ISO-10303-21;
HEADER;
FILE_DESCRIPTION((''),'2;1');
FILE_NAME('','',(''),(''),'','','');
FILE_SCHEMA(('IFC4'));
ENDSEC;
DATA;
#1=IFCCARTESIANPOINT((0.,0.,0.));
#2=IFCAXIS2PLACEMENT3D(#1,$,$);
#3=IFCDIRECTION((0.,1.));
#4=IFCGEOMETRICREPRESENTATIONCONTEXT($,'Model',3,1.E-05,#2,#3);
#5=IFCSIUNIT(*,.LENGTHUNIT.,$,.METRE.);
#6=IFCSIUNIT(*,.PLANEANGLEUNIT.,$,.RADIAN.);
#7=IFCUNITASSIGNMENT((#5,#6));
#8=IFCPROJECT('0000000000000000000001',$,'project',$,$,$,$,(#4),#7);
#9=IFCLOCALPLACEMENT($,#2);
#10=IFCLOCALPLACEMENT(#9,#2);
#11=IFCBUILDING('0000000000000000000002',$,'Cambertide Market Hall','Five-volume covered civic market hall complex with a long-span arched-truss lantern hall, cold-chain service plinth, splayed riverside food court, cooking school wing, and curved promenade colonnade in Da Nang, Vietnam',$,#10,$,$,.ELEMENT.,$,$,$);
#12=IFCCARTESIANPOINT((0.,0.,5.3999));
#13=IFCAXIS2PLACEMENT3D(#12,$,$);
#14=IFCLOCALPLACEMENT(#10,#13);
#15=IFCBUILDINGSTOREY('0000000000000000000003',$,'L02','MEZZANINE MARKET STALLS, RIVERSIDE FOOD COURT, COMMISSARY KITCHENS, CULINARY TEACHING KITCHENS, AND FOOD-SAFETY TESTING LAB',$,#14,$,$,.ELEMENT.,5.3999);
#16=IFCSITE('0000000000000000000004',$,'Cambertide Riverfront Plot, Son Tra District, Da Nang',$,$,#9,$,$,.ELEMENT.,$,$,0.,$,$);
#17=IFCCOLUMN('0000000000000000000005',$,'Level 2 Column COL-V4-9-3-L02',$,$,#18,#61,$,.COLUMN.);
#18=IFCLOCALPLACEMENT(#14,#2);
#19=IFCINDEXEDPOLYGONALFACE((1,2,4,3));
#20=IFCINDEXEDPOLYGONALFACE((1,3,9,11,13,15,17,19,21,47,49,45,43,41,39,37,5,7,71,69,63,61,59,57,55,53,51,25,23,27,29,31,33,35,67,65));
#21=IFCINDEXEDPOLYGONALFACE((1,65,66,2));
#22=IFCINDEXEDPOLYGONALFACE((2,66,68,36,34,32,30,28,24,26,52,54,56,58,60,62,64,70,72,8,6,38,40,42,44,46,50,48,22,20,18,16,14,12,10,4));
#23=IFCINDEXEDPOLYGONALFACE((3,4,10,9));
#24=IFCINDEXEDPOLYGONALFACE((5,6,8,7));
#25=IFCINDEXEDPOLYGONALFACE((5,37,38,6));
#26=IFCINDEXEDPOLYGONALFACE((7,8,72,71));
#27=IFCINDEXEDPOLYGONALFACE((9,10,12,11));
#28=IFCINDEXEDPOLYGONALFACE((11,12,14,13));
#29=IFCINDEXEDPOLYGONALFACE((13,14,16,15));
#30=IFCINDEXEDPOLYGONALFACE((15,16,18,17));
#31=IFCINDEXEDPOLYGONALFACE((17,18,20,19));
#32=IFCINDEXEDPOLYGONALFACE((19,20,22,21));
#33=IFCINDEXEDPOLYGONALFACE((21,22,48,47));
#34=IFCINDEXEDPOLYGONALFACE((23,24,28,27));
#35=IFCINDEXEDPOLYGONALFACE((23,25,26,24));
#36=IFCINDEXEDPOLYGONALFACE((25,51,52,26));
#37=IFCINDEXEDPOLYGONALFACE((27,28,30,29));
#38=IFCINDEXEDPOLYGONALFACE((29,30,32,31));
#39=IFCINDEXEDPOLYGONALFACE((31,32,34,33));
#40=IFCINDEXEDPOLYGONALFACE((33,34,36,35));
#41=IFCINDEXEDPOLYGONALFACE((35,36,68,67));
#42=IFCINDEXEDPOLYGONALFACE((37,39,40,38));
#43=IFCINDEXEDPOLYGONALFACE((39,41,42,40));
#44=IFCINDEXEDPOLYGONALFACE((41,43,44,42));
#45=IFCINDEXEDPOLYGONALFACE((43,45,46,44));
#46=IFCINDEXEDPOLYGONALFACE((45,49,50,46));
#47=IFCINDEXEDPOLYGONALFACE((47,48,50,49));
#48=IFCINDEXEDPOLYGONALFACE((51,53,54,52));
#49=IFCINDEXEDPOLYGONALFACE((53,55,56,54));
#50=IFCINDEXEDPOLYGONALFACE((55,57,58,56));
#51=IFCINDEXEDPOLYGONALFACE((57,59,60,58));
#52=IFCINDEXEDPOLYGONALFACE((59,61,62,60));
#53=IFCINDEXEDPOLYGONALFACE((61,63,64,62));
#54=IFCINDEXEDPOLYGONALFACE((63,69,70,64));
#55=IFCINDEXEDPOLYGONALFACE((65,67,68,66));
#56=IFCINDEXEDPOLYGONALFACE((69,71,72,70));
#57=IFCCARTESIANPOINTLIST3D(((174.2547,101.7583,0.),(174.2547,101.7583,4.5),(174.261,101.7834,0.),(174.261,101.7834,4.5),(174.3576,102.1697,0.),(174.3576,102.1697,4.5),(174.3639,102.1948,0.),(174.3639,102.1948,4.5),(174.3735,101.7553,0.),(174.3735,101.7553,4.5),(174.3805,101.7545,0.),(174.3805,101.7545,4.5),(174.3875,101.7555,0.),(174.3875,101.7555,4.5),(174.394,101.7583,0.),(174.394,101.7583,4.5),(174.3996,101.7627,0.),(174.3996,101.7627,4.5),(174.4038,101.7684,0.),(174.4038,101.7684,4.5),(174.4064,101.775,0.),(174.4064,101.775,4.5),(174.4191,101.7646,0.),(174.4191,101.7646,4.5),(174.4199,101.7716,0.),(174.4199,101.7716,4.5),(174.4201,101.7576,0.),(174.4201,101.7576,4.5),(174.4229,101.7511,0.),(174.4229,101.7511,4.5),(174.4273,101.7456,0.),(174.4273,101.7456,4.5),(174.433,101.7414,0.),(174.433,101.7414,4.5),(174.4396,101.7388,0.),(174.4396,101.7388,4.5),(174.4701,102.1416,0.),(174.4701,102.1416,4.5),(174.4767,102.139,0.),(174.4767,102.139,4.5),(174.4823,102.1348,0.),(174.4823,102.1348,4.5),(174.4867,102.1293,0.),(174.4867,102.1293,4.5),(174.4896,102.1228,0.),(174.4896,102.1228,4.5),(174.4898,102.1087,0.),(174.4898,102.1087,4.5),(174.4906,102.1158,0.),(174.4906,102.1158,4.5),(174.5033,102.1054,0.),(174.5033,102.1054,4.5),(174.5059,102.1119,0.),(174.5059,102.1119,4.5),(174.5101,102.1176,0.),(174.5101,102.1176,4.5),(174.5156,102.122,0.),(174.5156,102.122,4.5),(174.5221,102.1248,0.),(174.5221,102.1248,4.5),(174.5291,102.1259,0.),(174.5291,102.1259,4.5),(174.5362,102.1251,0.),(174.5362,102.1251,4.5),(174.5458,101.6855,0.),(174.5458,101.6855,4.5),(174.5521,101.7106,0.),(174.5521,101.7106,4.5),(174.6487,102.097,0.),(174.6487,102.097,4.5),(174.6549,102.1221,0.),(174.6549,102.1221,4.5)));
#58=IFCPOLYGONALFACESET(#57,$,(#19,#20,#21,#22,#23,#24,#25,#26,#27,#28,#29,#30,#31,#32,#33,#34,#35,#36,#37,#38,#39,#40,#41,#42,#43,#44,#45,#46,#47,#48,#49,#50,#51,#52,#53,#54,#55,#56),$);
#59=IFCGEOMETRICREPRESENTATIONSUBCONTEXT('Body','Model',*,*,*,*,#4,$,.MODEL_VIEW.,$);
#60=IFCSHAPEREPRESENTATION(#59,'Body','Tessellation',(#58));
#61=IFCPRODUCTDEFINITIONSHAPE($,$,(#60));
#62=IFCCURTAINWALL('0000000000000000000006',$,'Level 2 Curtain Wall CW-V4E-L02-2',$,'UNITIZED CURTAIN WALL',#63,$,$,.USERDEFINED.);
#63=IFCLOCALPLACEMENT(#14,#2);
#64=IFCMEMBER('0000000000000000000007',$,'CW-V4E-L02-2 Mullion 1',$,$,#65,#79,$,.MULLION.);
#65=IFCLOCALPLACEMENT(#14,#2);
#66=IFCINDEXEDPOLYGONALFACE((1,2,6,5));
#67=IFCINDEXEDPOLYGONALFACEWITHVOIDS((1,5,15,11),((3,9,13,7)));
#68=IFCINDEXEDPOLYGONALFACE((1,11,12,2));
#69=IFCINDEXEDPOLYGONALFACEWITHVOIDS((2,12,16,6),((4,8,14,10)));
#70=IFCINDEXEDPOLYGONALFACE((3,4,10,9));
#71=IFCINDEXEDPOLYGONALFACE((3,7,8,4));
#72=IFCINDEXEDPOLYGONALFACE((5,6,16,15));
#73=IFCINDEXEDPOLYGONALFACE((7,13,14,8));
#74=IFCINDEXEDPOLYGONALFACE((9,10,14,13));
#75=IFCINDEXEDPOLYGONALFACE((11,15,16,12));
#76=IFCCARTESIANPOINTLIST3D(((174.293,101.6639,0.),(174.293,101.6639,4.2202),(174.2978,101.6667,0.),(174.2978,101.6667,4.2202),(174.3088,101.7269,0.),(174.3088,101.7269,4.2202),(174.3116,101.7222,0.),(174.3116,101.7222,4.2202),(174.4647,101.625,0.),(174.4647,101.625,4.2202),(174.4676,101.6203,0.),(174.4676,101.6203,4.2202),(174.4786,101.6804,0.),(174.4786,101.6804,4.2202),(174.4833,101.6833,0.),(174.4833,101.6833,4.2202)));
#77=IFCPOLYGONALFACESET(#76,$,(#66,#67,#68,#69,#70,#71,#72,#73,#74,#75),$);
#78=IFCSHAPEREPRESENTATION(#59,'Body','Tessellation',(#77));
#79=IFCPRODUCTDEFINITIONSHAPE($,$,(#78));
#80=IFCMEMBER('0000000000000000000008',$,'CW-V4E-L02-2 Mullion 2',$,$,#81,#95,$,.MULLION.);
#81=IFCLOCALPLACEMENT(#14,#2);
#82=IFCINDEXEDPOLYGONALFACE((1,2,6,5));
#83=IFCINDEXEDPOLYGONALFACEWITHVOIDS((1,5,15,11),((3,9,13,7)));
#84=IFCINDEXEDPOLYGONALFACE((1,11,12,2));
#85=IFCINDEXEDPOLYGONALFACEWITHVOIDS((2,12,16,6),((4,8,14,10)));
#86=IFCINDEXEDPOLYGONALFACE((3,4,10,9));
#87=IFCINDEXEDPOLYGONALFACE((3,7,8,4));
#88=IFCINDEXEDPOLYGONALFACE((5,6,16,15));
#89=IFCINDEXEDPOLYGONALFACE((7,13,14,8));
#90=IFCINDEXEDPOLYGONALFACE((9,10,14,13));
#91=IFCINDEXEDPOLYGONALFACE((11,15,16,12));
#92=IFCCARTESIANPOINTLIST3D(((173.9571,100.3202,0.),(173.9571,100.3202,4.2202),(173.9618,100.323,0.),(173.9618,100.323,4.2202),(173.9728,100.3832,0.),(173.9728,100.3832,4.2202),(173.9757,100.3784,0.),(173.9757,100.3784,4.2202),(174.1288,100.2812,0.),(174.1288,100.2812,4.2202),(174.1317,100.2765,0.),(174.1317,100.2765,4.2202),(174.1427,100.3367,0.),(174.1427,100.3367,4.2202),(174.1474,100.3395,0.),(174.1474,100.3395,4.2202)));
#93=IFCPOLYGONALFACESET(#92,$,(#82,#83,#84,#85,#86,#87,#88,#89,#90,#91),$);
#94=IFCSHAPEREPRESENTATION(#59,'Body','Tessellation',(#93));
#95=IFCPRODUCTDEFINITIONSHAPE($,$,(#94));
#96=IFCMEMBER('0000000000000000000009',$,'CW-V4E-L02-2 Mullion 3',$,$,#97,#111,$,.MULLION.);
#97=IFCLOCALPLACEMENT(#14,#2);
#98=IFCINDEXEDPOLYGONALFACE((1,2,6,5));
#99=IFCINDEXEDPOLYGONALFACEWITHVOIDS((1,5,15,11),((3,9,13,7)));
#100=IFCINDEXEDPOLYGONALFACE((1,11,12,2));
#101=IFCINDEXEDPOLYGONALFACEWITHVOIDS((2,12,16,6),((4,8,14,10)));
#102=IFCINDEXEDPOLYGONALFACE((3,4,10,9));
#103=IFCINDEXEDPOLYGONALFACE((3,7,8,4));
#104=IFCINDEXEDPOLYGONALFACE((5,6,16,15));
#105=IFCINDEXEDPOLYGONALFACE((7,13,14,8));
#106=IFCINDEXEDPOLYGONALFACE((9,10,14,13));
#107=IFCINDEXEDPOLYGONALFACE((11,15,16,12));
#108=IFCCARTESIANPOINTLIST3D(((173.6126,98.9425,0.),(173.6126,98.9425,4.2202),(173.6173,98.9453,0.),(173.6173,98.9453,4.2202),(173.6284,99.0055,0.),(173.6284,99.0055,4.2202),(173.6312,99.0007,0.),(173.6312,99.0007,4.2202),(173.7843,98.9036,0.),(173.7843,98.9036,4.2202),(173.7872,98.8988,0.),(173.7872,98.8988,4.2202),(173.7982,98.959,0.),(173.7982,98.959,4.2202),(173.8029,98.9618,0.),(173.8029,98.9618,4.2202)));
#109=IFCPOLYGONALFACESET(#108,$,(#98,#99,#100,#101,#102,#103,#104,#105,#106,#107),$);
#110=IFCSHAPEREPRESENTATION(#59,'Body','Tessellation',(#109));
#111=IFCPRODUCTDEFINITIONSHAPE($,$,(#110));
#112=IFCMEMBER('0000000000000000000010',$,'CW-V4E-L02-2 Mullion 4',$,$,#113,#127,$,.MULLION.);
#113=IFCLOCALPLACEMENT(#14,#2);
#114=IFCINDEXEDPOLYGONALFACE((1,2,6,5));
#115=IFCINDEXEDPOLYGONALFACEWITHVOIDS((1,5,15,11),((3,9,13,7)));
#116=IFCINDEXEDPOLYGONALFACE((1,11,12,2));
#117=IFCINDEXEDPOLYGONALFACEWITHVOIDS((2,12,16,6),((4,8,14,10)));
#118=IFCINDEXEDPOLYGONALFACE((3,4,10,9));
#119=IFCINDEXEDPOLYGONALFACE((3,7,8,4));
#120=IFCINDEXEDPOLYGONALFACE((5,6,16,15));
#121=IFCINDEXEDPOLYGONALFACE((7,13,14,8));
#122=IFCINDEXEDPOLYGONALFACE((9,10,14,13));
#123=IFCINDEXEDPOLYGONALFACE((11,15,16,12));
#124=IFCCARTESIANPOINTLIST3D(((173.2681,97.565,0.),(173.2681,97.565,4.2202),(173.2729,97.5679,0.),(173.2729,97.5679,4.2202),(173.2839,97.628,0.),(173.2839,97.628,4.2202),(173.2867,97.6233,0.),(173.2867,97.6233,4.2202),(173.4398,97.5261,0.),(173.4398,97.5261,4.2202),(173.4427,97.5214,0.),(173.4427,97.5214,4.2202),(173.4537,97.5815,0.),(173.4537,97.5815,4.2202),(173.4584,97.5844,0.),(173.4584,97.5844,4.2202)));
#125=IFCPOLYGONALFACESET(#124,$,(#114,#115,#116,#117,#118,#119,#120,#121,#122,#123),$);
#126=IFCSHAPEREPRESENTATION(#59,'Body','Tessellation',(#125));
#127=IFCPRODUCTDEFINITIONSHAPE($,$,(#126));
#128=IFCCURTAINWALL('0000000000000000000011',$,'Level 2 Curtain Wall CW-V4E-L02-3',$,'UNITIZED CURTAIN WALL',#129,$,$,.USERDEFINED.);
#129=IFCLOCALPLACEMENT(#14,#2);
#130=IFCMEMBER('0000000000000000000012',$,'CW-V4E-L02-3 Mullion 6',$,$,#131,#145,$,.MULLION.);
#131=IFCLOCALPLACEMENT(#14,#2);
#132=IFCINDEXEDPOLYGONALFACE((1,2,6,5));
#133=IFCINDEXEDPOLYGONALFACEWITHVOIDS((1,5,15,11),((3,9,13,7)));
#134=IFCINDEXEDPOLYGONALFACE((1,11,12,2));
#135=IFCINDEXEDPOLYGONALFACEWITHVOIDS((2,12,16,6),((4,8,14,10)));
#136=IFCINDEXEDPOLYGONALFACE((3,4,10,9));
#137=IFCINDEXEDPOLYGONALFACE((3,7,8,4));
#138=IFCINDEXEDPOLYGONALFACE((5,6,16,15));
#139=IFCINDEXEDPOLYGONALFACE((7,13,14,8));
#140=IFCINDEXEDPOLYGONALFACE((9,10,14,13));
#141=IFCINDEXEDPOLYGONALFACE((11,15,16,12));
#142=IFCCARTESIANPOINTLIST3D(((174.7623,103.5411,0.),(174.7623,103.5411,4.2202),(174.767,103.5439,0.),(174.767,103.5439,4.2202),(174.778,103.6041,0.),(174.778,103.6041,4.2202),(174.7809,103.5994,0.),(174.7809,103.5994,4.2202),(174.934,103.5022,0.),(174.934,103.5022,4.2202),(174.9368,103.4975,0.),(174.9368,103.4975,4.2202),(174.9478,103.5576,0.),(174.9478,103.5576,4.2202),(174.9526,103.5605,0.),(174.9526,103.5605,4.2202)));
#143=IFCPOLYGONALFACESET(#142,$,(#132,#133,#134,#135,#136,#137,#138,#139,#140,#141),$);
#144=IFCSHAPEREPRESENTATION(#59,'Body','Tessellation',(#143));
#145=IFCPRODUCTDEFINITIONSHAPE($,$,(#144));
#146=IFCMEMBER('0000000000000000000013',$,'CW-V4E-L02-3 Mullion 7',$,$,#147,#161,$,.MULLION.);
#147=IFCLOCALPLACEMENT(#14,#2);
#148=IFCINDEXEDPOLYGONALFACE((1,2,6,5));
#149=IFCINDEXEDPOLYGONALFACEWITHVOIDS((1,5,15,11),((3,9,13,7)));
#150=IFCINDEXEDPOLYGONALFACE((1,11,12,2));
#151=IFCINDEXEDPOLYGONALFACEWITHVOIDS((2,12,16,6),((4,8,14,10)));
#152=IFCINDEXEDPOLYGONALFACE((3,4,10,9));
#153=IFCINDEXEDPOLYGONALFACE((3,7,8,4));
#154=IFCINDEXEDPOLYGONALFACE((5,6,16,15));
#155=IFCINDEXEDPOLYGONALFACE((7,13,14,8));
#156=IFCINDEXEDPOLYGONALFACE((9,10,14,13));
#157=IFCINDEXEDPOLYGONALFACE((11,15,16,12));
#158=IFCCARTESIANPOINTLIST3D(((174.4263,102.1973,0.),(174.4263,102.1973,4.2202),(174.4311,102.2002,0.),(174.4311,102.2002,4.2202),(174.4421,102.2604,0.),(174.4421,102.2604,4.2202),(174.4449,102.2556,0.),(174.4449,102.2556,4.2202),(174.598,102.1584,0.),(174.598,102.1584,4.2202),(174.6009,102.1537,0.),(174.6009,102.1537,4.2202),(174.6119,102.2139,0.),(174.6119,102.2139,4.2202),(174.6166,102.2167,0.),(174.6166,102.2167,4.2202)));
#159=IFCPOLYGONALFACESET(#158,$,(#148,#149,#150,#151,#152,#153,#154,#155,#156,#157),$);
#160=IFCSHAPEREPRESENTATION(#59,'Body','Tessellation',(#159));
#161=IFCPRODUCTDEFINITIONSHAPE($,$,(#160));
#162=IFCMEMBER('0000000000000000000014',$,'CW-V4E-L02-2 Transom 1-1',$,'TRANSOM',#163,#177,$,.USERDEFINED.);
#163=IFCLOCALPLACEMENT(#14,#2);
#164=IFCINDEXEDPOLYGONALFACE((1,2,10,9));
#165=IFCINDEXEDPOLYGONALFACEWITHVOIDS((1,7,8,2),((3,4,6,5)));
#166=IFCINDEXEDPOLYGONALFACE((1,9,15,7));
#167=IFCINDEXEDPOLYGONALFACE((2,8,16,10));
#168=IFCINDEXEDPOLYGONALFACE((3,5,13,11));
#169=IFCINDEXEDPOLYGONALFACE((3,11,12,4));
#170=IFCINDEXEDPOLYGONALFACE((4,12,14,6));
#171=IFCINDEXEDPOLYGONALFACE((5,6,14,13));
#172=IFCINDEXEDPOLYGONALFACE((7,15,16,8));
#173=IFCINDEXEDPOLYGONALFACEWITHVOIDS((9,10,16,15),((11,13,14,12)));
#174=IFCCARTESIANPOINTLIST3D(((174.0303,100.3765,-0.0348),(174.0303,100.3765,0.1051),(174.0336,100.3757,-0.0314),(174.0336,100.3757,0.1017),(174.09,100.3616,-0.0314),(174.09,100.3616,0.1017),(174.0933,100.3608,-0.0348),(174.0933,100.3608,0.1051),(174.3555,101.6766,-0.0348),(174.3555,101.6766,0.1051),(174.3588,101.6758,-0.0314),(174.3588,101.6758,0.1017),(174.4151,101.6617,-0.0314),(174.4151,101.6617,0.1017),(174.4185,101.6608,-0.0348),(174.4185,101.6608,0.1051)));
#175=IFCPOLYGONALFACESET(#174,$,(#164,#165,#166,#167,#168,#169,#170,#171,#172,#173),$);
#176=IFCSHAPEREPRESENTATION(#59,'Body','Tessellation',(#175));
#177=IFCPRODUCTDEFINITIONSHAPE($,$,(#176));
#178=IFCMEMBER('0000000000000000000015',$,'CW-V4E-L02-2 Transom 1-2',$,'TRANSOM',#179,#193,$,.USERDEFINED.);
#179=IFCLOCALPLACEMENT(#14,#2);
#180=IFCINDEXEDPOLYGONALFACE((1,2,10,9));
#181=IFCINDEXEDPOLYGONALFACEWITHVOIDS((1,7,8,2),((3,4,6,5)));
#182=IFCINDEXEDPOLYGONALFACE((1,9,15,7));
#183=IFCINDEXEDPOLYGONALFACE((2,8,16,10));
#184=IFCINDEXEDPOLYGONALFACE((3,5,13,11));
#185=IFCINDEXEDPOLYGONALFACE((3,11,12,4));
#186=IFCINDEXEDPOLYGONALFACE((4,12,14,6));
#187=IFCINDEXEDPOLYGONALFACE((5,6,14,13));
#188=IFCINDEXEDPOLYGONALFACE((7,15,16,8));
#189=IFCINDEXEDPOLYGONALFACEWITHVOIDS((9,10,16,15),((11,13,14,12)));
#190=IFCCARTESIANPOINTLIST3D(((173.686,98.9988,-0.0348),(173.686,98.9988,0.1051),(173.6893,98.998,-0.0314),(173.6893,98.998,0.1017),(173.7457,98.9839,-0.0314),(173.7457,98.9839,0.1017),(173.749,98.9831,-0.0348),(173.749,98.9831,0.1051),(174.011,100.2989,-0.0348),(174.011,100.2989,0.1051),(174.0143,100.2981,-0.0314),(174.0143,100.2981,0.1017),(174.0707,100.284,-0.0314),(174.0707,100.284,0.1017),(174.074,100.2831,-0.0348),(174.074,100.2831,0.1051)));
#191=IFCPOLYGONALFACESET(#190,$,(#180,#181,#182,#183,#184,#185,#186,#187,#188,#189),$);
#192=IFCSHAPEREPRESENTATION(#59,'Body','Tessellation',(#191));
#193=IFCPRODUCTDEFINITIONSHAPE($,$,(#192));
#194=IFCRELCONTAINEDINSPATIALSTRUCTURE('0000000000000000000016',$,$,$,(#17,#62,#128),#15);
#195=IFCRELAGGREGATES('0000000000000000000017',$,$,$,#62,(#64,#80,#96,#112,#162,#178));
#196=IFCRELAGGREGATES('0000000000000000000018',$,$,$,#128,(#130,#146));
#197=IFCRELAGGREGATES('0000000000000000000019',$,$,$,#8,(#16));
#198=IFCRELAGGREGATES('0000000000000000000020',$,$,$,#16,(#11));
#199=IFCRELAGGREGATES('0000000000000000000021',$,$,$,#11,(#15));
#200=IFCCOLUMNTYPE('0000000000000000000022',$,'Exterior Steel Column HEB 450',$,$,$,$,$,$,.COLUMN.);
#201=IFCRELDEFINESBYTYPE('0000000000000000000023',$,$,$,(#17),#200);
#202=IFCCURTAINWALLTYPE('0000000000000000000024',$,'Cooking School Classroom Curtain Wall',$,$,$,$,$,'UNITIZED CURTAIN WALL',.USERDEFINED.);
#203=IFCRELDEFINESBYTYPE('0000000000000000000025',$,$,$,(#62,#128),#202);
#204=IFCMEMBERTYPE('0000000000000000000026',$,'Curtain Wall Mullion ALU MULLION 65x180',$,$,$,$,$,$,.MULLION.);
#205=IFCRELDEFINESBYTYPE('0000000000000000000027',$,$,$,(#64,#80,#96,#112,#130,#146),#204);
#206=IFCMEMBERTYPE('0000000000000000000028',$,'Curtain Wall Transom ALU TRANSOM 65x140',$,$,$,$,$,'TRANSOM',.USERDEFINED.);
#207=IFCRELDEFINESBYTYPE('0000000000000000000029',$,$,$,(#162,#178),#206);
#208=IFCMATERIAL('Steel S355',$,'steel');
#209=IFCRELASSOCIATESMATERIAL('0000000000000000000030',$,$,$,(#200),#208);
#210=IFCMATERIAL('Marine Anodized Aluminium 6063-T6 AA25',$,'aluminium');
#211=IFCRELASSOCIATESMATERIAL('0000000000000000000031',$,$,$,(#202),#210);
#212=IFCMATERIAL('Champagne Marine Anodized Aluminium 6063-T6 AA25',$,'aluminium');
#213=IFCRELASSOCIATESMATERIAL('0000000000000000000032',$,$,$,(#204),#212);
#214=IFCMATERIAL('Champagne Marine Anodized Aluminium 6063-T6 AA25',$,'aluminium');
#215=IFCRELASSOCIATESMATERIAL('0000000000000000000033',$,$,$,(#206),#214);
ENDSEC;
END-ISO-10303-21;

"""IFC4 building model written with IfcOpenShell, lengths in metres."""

from ifc_helpers import new_model, si_unit, direction, frame, origin, origin_2d, place, context, subcontext, project, spatial, hollow_rectangle, i_section, extrude, material, material_profile, profile_set, type_object, element, aggregate, save


model = new_model("IFC4")

# Units and contexts
model_context = context("Model", 3, precision=1e-05, world=origin(), true_north=direction((0.0, 1.0)))
body_context = subcontext(model_context, "Body", "Model", "MODEL_VIEW")
ifc_project = project(units=[si_unit("LENGTHUNIT", "METRE"), si_unit("PLANEANGLEUNIT", "RADIAN")], contexts=[model_context])

# Site, building, storey
site_placement = place(None, origin())
site = spatial("IfcSite", under=ifc_project, at=site_placement, Name="Cambertide Riverfront Plot, Son Tra District, Da Nang", CompositionType="ELEMENT", RefElevation=0.0)
building_placement = place(site_placement, origin())
building = spatial("IfcBuilding", under=site, at=building_placement, Name="Cambertide Market Hall", Description="Five-volume covered civic market hall complex with a long-span arched-truss lantern hall, cold-chain service plinth, splayed riverside food court, cooking school wing, and curved promenade colonnade in Da Nang, Vietnam", CompositionType="ELEMENT")
storey_placement = place(building_placement, frame((0.0, 0.0, 5.3999)))
storey = spatial("IfcBuildingStorey", under=building, at=storey_placement, Name="L02", Description="MEZZANINE MARKET STALLS, RIVERSIDE FOOD COURT, COMMISSARY KITCHENS, CULINARY TEACHING KITCHENS, AND FOOD-SAFETY TESTING LAB", CompositionType="ELEMENT", Elevation=5.3999)

# Column
ifc_material_1 = material(Name="Steel S355", Category="steel")
ifc_material_profile_1 = material_profile(ifc_material_1, i_section(OverallWidth=0.3, OverallDepth=0.45, WebThickness=0.0139, FlangeThickness=0.0259, FilletRadius=0.0271, at=origin_2d()), Name="HEB 450")
ifc_profile_set_1 = profile_set([ifc_material_profile_1], Name="Steel S355")
column_type = type_object("IfcColumnType", Name="Exterior Steel Column HEB 450", PredefinedType="COLUMN", material=ifc_profile_set_1)
column_placement = place(storey_placement, frame((174.4548, 101.9402, 0.0), z_axis=(0.0, 0.0, 1.0), x_axis=(0.970143, -0.242536, 0.0)))
element("IfcColumn", 1, at=column_placement, inside=storey, type_object=column_type, Name="Level 2 Column COL-V4-9-3-L02", PredefinedType="COLUMN", context=body_context, shape_type="SweptSolid", body=[
    extrude(i_section(OverallWidth=0.3, OverallDepth=0.45, WebThickness=0.0139, FlangeThickness=0.0259, FilletRadius=0.0271, at=origin_2d()), origin(), (0.0, 0.0, 1.0), 4.5),
])

# Curtain walls, members
ifc_material_2 = material(Name="Marine Anodized Aluminium 6063-T6 AA25", Category="aluminium")
curtain_wall_type = type_object("IfcCurtainWallType", Name="Cooking School Classroom Curtain Wall", ElementType="UNITIZED CURTAIN WALL", PredefinedType="USERDEFINED", material=ifc_material_2)
curtain_wall_1_placement = place(storey_placement, origin())
curtain_wall_1 = element("IfcCurtainWall", 2, at=curtain_wall_1_placement, inside=storey, type_object=curtain_wall_type, Name="Level 2 Curtain Wall CW-V4E-L02-2", ObjectType="UNITIZED CURTAIN WALL", PredefinedType="USERDEFINED")
ifc_material_3 = material(Name="Champagne Marine Anodized Aluminium 6063-T6 AA25", Category="aluminium")
ifc_material_profile_2 = material_profile(ifc_material_3, hollow_rectangle(XDim=0.0649, YDim=0.1799, WallThickness=0.0039, at=origin_2d()), Name="ALU MULLION 65x180")
ifc_profile_set_2 = profile_set([ifc_material_profile_2], Name="Champagne Marine Anodized Aluminium 6063-T6 AA25")
member_type_1 = type_object("IfcMemberType", Name="Curtain Wall Mullion ALU MULLION 65x180", PredefinedType="MULLION", material=ifc_profile_set_2)
member_1_placement = place(storey_placement, frame((174.3882, 101.6736, 0.0), z_axis=(0.0, 0.0, 1.0), x_axis=(-0.242536, -0.970142, 0.0)))
member_1 = element("IfcMember", 3, at=member_1_placement, type_object=member_type_1, Name="CW-V4E-L02-2 Mullion 1", PredefinedType="MULLION", context=body_context, shape_type="SweptSolid", body=[
    extrude(hollow_rectangle(XDim=0.0649, YDim=0.1799, WallThickness=0.0039, at=origin_2d()), origin(), (0.0, 0.0, 1.0), 4.2202),
])
member_2_placement = place(storey_placement, frame((174.0522, 100.3298, 0.0), z_axis=(0.0, 0.0, 1.0), x_axis=(-0.242536, -0.970142, 0.0)))
member_2 = element("IfcMember", 4, at=member_2_placement, type_object=member_type_1, Name="CW-V4E-L02-2 Mullion 2", PredefinedType="MULLION", context=body_context, shape_type="SweptSolid", body=[
    extrude(hollow_rectangle(XDim=0.0649, YDim=0.1799, WallThickness=0.0039, at=origin_2d()), origin(), (0.0, 0.0, 1.0), 4.2202),
])
member_3_placement = place(storey_placement, frame((173.7078, 98.9521, 0.0), z_axis=(0.0, 0.0, 1.0), x_axis=(-0.242536, -0.970142, 0.0)))
member_3 = element("IfcMember", 5, at=member_3_placement, type_object=member_type_1, Name="CW-V4E-L02-2 Mullion 3", PredefinedType="MULLION", context=body_context, shape_type="SweptSolid", body=[
    extrude(hollow_rectangle(XDim=0.0649, YDim=0.1799, WallThickness=0.0039, at=origin_2d()), origin(), (0.0, 0.0, 1.0), 4.2202),
])
member_4_placement = place(storey_placement, frame((173.3633, 97.5747, 0.0), z_axis=(0.0, 0.0, 1.0), x_axis=(-0.242536, -0.970142, 0.0)))
member_4 = element("IfcMember", 6, at=member_4_placement, type_object=member_type_1, Name="CW-V4E-L02-2 Mullion 4", PredefinedType="MULLION", context=body_context, shape_type="SweptSolid", body=[
    extrude(hollow_rectangle(XDim=0.0649, YDim=0.1799, WallThickness=0.0039, at=origin_2d()), origin(), (0.0, 0.0, 1.0), 4.2202),
])
curtain_wall_2_placement = place(storey_placement, origin())
curtain_wall_2 = element("IfcCurtainWall", 7, at=curtain_wall_2_placement, inside=storey, type_object=curtain_wall_type, Name="Level 2 Curtain Wall CW-V4E-L02-3", ObjectType="UNITIZED CURTAIN WALL", PredefinedType="USERDEFINED")
member_5_placement = place(storey_placement, frame((174.8574, 103.5508, 0.0), z_axis=(0.0, 0.0, 1.0), x_axis=(-0.242536, -0.970143, 0.0)))
member_5 = element("IfcMember", 8, at=member_5_placement, type_object=member_type_1, Name="CW-V4E-L02-3 Mullion 6", PredefinedType="MULLION", context=body_context, shape_type="SweptSolid", body=[
    extrude(hollow_rectangle(XDim=0.0649, YDim=0.1799, WallThickness=0.0039, at=origin_2d()), origin(), (0.0, 0.0, 1.0), 4.2202),
])
member_6_placement = place(storey_placement, frame((174.5215, 102.207, 0.0), z_axis=(0.0, 0.0, 1.0), x_axis=(-0.242536, -0.970143, 0.0)))
member_6 = element("IfcMember", 9, at=member_6_placement, type_object=member_type_1, Name="CW-V4E-L02-3 Mullion 7", PredefinedType="MULLION", context=body_context, shape_type="SweptSolid", body=[
    extrude(hollow_rectangle(XDim=0.0649, YDim=0.1799, WallThickness=0.0039, at=origin_2d()), origin(), (0.0, 0.0, 1.0), 4.2202),
])

# Members
ifc_material_4 = material(Name="Champagne Marine Anodized Aluminium 6063-T6 AA25", Category="aluminium")
ifc_material_profile_3 = material_profile(ifc_material_4, hollow_rectangle(XDim=0.0649, YDim=0.1399, WallThickness=0.0034, at=origin_2d()), Name="ALU TRANSOM 65x140")
ifc_profile_set_3 = profile_set([ifc_material_profile_3], Name="Champagne Marine Anodized Aluminium 6063-T6 AA25")
member_type_2 = type_object("IfcMemberType", Name="Curtain Wall Transom ALU TRANSOM 65x140", ElementType="TRANSOM", PredefinedType="USERDEFINED", material=ifc_profile_set_3)
member_7_placement = place(storey_placement, frame((174.387, 101.6687, 0.0352), z_axis=(-0.242664, -0.97011, 0.0), x_axis=(0.97011, -0.242664, 0.0)))
member_7 = element("IfcMember", 10, at=member_7_placement, type_object=member_type_2, Name="CW-V4E-L02-2 Transom 1-1", ObjectType="TRANSOM", PredefinedType="USERDEFINED", context=body_context, shape_type="SweptSolid", body=[
    extrude(hollow_rectangle(XDim=0.0649, YDim=0.1399, WallThickness=0.0034, at=origin_2d()), origin(), (0.0, 0.0, 1.0), 1.3401),
])
member_8_placement = place(storey_placement, frame((174.0425, 100.291, 0.0352), z_axis=(-0.242493, -0.970153, 0.0), x_axis=(0.970153, -0.242493, 0.0)))
member_8 = element("IfcMember", 11, at=member_8_placement, type_object=member_type_2, Name="CW-V4E-L02-2 Transom 1-2", ObjectType="TRANSOM", PredefinedType="USERDEFINED", context=body_context, shape_type="SweptSolid", body=[
    extrude(hollow_rectangle(XDim=0.0649, YDim=0.1399, WallThickness=0.0034, at=origin_2d()), origin(), (0.0, 0.0, 1.0), 1.3401),
])

aggregate(curtain_wall_1, [member_1, member_2, member_3, member_4, member_7, member_8])
aggregate(curtain_wall_2, [member_5, member_6])

save(model, "model.ifc")
